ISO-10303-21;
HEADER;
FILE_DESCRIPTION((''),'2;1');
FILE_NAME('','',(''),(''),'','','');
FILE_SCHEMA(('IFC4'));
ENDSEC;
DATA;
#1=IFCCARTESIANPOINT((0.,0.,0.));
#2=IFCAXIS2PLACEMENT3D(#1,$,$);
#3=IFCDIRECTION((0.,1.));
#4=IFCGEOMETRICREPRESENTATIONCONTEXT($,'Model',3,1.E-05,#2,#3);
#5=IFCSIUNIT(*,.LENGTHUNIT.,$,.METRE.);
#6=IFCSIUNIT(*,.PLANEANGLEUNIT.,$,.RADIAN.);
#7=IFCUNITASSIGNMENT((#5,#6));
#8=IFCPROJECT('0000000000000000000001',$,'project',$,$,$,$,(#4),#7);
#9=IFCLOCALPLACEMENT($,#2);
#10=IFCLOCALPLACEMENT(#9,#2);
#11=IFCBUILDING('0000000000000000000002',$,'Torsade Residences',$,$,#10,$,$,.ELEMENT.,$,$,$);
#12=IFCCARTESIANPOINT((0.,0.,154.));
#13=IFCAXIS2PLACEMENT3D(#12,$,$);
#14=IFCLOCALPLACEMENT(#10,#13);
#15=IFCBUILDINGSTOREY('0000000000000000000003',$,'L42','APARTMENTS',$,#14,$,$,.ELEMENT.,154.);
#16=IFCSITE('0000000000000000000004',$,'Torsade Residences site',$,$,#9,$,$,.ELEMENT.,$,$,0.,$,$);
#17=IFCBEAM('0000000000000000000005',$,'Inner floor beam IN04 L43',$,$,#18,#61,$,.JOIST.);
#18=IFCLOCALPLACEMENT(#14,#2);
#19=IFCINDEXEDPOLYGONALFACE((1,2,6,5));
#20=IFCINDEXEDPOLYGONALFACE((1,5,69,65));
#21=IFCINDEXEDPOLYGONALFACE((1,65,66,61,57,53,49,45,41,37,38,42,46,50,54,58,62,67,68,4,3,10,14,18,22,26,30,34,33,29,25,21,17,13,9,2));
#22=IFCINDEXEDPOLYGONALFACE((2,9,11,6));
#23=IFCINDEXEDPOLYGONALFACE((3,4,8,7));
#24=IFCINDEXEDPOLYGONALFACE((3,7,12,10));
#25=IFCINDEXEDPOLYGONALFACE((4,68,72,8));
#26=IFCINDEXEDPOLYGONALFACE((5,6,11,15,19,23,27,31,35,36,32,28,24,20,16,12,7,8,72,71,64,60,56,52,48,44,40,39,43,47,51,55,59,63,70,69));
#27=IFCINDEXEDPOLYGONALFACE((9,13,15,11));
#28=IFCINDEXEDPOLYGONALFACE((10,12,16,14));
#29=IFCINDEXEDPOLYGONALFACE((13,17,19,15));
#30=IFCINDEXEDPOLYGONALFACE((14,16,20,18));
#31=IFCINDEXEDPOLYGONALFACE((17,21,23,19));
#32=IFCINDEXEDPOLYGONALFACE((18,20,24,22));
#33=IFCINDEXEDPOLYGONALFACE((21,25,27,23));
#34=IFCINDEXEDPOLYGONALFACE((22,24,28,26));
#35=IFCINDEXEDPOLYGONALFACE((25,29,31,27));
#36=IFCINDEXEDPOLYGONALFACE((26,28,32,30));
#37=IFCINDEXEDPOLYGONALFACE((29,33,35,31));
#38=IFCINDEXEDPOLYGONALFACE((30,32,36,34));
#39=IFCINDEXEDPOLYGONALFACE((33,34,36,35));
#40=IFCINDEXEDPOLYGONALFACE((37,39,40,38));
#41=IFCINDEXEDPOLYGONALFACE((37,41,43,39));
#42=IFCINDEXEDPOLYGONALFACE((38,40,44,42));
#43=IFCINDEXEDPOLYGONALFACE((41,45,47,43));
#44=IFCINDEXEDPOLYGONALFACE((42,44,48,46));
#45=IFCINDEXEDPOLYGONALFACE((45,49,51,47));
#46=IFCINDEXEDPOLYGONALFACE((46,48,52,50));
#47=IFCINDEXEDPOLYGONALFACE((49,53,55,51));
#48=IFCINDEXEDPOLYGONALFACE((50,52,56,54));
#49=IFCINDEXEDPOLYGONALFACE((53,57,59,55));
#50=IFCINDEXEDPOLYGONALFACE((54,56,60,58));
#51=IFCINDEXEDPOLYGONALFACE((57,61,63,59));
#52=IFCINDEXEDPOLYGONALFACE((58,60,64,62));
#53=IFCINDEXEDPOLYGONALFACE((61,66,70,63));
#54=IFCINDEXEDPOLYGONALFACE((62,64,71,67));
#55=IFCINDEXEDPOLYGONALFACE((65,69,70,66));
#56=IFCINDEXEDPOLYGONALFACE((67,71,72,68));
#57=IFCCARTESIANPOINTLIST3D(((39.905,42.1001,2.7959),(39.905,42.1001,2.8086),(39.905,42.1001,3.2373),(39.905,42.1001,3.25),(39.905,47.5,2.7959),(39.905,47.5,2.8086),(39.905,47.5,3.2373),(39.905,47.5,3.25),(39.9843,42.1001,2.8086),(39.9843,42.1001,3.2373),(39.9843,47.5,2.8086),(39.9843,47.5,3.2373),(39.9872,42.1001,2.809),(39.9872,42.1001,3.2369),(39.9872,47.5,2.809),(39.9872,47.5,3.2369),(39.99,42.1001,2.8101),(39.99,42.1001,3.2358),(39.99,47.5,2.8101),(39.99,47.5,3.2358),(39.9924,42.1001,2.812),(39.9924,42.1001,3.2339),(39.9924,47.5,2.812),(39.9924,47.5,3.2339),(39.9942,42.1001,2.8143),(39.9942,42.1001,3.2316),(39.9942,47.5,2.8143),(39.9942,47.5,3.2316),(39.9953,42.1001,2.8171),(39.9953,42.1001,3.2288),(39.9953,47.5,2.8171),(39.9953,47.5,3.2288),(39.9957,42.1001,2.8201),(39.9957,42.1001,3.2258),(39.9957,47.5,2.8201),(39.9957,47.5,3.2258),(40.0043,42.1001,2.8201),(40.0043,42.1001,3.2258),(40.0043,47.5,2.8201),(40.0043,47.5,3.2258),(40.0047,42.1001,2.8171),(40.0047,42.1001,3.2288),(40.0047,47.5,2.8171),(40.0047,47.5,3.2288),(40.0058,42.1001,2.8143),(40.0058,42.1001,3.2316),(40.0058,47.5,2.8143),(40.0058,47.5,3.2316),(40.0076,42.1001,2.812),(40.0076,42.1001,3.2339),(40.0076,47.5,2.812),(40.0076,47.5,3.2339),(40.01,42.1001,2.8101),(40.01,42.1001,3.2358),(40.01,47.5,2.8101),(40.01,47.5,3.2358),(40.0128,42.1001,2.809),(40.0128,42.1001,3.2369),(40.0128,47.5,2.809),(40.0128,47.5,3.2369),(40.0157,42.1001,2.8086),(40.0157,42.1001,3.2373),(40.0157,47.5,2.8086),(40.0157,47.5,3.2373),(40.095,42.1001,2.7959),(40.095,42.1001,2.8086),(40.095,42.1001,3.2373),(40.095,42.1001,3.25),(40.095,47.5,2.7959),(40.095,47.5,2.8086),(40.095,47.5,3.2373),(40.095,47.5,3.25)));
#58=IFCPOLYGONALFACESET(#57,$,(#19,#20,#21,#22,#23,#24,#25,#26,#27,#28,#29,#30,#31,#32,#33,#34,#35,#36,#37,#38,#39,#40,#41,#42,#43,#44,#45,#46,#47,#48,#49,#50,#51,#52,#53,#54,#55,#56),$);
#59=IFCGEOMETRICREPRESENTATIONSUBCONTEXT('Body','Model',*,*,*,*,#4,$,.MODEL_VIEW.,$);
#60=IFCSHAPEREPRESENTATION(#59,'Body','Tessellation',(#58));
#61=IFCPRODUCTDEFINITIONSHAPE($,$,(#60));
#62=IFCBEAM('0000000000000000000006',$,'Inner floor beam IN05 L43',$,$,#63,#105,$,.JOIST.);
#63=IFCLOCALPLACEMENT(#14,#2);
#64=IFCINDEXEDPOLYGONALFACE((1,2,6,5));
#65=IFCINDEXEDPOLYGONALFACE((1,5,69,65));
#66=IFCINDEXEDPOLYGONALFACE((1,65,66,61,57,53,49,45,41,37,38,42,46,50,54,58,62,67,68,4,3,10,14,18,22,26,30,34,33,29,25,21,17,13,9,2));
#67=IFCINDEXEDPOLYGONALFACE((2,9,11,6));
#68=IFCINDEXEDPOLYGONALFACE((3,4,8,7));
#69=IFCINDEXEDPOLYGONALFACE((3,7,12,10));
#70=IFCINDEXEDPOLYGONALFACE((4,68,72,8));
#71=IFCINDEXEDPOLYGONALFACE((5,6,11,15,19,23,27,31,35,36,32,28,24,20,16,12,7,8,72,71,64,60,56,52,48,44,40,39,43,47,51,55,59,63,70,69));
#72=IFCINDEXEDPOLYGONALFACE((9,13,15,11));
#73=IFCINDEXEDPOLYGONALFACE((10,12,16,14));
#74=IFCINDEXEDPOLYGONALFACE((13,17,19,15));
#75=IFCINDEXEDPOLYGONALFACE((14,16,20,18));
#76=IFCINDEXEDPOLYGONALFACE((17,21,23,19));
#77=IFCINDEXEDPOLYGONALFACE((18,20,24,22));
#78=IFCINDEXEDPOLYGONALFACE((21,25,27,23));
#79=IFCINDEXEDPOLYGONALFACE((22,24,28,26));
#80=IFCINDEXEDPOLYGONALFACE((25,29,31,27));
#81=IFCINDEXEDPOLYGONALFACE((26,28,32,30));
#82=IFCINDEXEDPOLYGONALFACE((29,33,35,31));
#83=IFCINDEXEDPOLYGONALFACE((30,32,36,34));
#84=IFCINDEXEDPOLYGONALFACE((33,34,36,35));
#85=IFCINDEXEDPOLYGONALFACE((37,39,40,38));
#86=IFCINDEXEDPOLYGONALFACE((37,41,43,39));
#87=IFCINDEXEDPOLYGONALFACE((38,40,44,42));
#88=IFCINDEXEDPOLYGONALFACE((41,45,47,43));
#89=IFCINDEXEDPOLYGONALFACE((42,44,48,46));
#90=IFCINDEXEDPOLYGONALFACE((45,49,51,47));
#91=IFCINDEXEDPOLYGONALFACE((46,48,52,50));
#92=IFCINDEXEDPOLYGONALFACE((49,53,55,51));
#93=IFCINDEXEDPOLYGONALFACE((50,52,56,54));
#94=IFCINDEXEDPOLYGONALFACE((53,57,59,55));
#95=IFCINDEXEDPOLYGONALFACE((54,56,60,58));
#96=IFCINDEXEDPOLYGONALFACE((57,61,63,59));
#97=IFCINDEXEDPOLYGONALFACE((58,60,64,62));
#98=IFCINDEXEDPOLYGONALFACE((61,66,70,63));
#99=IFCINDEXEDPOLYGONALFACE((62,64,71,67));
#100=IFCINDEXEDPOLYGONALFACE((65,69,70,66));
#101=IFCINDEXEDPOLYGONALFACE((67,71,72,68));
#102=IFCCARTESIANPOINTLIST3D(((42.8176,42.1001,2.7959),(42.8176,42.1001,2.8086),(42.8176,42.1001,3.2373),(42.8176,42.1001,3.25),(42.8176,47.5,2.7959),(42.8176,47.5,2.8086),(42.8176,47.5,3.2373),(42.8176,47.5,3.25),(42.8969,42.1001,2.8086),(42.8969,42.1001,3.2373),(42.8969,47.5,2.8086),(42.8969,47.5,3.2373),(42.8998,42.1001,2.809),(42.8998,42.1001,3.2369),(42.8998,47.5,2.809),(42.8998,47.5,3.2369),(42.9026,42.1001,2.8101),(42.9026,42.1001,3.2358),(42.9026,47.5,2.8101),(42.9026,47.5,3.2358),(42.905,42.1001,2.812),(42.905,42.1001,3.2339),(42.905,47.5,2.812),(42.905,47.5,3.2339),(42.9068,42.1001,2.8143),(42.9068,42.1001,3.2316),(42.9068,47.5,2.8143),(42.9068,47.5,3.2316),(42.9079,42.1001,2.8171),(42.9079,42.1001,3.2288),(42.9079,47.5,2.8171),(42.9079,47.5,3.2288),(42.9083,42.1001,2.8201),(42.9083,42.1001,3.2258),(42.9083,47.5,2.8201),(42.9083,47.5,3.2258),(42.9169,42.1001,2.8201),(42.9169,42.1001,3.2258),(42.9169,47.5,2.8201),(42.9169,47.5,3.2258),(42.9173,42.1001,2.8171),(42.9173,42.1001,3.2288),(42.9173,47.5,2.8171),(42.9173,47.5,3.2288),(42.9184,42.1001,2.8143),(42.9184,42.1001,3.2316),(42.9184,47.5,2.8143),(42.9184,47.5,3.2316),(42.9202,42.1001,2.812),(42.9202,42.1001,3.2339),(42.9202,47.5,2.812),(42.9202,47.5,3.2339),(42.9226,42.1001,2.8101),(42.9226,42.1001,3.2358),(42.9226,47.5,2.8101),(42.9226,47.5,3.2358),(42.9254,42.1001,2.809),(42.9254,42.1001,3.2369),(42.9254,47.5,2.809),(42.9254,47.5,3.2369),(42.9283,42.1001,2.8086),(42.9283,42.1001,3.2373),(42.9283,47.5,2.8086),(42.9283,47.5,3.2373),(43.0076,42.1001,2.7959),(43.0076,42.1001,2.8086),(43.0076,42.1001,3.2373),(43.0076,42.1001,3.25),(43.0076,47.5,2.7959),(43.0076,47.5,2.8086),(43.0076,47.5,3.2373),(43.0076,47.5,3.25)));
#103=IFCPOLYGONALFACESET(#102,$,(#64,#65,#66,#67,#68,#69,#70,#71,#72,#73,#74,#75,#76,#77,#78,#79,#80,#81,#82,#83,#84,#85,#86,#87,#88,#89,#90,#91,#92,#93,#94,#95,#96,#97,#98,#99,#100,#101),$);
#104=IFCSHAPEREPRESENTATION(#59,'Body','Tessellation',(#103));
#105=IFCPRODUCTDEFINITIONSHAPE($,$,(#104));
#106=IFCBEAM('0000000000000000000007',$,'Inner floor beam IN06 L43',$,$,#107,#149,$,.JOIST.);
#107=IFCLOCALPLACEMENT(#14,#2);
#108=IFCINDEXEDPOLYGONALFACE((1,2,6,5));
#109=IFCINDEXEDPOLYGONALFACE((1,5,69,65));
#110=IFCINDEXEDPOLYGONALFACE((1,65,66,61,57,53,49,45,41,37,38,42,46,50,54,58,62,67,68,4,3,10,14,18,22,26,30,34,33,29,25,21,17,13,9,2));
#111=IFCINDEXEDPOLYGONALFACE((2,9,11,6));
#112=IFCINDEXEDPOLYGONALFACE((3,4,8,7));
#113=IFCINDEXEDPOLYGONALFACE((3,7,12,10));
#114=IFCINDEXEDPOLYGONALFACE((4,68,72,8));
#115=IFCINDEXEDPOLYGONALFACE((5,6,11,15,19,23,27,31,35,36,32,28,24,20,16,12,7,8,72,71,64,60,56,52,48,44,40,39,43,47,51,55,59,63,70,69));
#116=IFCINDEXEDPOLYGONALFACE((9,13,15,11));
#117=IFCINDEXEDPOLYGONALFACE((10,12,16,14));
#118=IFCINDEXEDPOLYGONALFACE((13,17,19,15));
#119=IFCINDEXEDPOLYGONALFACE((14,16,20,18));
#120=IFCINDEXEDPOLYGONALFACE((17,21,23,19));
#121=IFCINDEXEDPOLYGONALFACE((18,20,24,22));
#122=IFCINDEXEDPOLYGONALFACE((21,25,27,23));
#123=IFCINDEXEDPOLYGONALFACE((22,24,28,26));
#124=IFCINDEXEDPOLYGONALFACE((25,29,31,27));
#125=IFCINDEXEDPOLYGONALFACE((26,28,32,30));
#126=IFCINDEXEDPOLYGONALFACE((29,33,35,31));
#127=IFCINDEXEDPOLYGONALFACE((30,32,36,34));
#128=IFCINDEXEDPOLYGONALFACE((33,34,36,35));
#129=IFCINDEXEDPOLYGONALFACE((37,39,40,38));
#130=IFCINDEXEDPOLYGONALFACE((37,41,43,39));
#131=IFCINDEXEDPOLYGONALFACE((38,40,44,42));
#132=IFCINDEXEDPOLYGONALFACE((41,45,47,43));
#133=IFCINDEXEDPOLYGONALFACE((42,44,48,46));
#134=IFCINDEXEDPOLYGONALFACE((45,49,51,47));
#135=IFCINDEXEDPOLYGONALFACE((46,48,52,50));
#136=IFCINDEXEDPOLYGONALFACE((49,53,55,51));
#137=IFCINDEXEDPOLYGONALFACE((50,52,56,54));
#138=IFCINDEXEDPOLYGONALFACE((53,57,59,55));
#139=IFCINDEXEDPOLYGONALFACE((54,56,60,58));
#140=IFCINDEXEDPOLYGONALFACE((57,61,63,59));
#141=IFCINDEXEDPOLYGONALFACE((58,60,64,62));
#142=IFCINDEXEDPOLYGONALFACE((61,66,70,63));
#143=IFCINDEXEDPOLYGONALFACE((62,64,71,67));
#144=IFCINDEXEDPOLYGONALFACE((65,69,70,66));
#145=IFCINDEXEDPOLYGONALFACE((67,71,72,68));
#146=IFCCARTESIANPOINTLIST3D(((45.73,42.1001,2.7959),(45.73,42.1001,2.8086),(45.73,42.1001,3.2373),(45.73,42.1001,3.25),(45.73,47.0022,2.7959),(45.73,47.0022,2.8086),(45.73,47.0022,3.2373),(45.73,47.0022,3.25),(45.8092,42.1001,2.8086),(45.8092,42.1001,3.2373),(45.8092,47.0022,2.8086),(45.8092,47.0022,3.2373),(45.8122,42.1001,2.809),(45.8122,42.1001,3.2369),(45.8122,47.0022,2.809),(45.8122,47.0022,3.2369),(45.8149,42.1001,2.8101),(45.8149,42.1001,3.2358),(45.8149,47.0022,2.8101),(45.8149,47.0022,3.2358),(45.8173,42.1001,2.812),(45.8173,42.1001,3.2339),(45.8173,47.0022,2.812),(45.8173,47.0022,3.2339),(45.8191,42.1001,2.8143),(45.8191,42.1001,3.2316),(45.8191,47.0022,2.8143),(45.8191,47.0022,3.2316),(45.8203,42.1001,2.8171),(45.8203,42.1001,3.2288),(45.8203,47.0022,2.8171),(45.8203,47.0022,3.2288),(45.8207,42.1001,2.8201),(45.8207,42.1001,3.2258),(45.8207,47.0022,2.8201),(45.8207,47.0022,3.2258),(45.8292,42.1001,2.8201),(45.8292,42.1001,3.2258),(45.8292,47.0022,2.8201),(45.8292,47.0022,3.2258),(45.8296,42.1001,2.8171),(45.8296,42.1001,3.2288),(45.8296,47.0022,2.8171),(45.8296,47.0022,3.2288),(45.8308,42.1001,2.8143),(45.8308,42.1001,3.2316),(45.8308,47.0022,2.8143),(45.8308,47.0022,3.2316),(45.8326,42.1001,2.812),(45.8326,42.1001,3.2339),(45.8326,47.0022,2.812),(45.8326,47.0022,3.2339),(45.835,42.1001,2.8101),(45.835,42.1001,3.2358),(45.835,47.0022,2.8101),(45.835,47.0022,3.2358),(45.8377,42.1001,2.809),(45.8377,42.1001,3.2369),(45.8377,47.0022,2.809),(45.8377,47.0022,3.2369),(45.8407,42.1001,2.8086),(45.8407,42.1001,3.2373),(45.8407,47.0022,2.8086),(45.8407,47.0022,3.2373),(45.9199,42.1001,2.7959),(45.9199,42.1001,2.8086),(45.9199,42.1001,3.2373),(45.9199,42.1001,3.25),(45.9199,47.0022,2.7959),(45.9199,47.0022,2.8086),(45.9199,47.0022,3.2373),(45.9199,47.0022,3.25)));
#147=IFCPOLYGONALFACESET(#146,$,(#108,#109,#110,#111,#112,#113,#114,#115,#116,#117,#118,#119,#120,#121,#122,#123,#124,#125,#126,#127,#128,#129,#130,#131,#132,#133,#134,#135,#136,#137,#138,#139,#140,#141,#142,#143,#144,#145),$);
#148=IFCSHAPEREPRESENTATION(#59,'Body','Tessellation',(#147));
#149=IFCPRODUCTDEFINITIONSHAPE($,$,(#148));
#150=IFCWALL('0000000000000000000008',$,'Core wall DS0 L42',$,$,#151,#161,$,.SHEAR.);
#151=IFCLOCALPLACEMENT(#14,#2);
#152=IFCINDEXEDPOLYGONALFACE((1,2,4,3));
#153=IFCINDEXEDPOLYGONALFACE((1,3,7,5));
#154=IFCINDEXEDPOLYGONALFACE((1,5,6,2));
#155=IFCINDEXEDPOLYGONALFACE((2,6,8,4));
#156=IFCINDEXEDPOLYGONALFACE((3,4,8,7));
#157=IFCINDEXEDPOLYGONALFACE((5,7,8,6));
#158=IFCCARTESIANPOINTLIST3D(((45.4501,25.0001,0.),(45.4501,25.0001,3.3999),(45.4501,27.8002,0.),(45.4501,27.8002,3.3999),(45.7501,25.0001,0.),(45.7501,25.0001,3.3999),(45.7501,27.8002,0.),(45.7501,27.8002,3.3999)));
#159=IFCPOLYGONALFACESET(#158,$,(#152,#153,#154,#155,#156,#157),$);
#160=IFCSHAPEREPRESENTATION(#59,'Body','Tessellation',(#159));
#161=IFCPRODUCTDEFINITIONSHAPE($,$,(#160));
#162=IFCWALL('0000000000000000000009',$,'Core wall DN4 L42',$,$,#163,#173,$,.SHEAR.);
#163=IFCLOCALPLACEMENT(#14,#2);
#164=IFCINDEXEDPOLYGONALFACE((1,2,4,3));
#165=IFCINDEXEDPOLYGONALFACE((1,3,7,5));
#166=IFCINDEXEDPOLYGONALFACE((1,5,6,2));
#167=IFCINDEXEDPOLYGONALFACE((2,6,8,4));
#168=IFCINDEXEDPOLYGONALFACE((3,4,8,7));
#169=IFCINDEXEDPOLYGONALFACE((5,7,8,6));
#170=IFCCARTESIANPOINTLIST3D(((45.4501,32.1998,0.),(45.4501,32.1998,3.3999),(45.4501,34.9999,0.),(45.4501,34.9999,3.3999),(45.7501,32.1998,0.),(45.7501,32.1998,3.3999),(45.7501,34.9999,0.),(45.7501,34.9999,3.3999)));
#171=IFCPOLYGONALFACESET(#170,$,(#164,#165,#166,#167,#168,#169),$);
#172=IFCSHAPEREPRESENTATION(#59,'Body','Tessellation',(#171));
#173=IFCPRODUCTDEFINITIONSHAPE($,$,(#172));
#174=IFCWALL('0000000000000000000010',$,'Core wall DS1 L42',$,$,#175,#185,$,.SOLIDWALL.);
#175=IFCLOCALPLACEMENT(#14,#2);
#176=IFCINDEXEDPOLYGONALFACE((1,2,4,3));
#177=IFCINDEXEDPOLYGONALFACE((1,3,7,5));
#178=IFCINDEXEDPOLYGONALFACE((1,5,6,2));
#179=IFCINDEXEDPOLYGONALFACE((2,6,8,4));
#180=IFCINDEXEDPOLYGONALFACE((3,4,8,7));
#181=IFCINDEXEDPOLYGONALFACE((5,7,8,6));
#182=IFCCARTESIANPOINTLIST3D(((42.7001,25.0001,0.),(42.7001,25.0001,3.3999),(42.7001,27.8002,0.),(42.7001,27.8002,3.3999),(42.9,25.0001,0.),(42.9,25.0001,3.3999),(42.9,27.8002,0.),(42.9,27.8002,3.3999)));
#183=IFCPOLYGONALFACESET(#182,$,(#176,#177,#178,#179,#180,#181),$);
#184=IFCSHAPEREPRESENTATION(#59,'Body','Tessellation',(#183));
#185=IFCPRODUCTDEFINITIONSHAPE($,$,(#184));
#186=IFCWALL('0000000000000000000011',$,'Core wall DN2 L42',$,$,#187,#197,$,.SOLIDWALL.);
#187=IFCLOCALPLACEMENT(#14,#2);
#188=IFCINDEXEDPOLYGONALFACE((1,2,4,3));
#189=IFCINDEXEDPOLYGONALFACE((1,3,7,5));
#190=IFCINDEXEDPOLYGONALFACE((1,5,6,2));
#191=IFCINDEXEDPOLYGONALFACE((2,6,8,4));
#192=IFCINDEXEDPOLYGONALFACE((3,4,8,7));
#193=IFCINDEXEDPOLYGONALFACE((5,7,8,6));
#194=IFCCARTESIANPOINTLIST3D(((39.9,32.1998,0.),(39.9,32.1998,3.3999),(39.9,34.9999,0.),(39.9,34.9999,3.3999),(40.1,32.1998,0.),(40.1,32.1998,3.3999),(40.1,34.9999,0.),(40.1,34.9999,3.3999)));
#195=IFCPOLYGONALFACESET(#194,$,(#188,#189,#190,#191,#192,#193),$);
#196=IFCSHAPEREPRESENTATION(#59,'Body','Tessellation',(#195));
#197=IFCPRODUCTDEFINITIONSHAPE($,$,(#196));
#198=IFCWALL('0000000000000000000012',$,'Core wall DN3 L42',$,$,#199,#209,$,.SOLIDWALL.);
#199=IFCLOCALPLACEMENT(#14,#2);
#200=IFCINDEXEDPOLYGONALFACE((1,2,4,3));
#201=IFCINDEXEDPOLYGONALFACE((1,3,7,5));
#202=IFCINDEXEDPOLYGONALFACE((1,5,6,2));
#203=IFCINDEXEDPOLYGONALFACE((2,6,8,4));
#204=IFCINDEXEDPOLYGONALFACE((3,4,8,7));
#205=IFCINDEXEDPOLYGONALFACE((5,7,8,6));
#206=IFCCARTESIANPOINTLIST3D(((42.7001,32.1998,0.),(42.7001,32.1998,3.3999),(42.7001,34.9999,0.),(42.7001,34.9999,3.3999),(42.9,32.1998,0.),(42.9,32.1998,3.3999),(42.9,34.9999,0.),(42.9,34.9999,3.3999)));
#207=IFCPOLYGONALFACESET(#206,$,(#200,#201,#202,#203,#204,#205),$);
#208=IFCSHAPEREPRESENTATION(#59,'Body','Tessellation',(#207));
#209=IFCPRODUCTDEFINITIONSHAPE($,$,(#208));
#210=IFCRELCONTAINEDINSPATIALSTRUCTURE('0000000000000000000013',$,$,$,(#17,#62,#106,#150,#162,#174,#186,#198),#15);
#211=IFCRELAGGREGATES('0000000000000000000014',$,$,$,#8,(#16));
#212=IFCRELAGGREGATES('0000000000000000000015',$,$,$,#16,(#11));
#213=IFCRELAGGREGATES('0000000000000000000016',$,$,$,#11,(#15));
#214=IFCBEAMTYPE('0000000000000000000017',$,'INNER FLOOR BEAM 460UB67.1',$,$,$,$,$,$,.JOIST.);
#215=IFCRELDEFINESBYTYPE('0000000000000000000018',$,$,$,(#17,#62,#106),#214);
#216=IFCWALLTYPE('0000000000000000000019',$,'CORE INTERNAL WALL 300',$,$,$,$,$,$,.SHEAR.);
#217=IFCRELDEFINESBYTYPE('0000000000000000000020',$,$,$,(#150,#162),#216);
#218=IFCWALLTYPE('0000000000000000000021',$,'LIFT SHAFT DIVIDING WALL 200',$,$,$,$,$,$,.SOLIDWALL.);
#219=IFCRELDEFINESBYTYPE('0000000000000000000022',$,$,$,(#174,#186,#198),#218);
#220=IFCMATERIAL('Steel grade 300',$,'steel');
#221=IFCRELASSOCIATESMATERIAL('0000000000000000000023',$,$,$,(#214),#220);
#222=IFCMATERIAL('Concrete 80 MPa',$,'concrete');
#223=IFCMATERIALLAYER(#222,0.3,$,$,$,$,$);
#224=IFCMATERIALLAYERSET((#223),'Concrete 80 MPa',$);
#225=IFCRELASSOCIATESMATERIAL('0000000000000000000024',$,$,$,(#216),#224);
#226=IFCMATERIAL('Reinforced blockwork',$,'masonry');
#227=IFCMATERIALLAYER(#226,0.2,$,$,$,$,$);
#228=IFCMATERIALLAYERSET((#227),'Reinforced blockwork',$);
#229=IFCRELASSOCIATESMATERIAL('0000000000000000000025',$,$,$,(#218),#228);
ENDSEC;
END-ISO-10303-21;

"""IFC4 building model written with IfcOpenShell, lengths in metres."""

from ifc_helpers import new_model, si_unit, direction, frame, frame_2d, origin, origin_2d, place, context, subcontext, project, spatial, rectangle, i_section, extrude, material, layer, layer_set, material_profile, profile_set, type_object, element, save


model = new_model("IFC4")

# Units and contexts
model_context = context("Model", 3, precision=1e-05, world=origin(), true_north=direction((0.0, 1.0)))
body_context = subcontext(model_context, "Body", "Model", "MODEL_VIEW")
ifc_project = project(units=[si_unit("LENGTHUNIT", "METRE"), si_unit("PLANEANGLEUNIT", "RADIAN")], contexts=[model_context])

# Site, building, storey
site_placement = place(None, origin())
site = spatial("IfcSite", under=ifc_project, at=site_placement, Name="Torsade Residences site", CompositionType="ELEMENT", RefElevation=0.0)
building_placement = place(site_placement, origin())
building = spatial("IfcBuilding", under=site, at=building_placement, Name="Torsade Residences", CompositionType="ELEMENT")
storey_placement = place(building_placement, frame((0.0, 0.0, 154.0)))
storey = spatial("IfcBuildingStorey", under=building, at=storey_placement, Name="L42", Description="APARTMENTS", CompositionType="ELEMENT", Elevation=154.0)

# Beams
ifc_material_1 = material(Name="Steel grade 300", Category="steel")
ifc_material_profile = material_profile(ifc_material_1, i_section(OverallWidth=0.1899, OverallDepth=0.4541, WebThickness=0.0085, FlangeThickness=0.0127, FilletRadius=0.0115, at=origin_2d()), Name="460UB67.1")
ifc_profile_set = profile_set([ifc_material_profile], Name="Steel grade 300")
beam_type = type_object("IfcBeamType", Name="INNER FLOOR BEAM 460UB67.1", PredefinedType="JOIST", material=ifc_profile_set)
for number, where, z_axis, x_axis, name in (
    (1, (40.0, 42.1001, 3.0229), (0.0, 1.0, 0.0), (-1.0, 0.0, 0.0), "Inner floor beam IN04 L43"),
    (2, (42.9126, 42.1001, 3.0229), (0.0, 1.0, 0.0), (-1.0, 0.0, 0.0), "Inner floor beam IN05 L43"),
):
    element("IfcBeam", number, at=place(storey_placement, frame(where, z_axis=z_axis, x_axis=x_axis)), inside=storey, type_object=beam_type, Name=name, PredefinedType="JOIST", context=body_context, shape_type="SweptSolid", body=[
        extrude(i_section(OverallWidth=0.1899, OverallDepth=0.4541, WebThickness=0.0085, FlangeThickness=0.0127, FilletRadius=0.0115, at=origin_2d()), origin(), (0.0, 0.0, 1.0), 5.3999),
    ])
beam_placement = place(storey_placement, frame((45.825, 42.1001, 3.0229), z_axis=(0.0, 1.0, 0.0), x_axis=(-1.0, 0.0, 0.0)))
element("IfcBeam", 3, at=beam_placement, inside=storey, type_object=beam_type, Name="Inner floor beam IN06 L43", PredefinedType="JOIST", context=body_context, shape_type="SweptSolid", body=[
    extrude(i_section(OverallWidth=0.1899, OverallDepth=0.4541, WebThickness=0.0085, FlangeThickness=0.0127, FilletRadius=0.0115, at=origin_2d()), origin(), (0.0, 0.0, 1.0), 4.9021),
])

# Walls
ifc_material_2 = material(Name="Concrete 80 MPa", Category="concrete")
ifc_layer_1 = layer(ifc_material_2, 0.3)
ifc_layer_set_1 = layer_set([ifc_layer_1], Name="Concrete 80 MPa")
wall_type_1 = type_object("IfcWallType", Name="CORE INTERNAL WALL 300", PredefinedType="SHEAR", material=ifc_layer_set_1)
for number, where, z_axis, x_axis, name in (
    (4, (45.6001, 27.8, 0.0), (0.0, 0.0, 1.0), (0.0, -1.0, 0.0), "Core wall DS0 L42"),
    (5, (45.6001, 32.2, 0.0), (0.0, 0.0, 1.0), (0.0, 1.0, 0.0), "Core wall DN4 L42"),
):
    element("IfcWall", number, at=place(storey_placement, frame(where, z_axis=z_axis, x_axis=x_axis)), inside=storey, type_object=wall_type_1, Name=name, PredefinedType="SHEAR", context=body_context, shape_type="SweptSolid", body=[
        extrude(rectangle(XDim=2.8, YDim=0.3, at=frame_2d((1.3999, 0.0))), origin(), (0.0, 0.0, 1.0), 3.3999),
    ])
ifc_material_3 = material(Name="Reinforced blockwork", Category="masonry")
ifc_layer_2 = layer(ifc_material_3, 0.2)
ifc_layer_set_2 = layer_set([ifc_layer_2], Name="Reinforced blockwork")
wall_type_2 = type_object("IfcWallType", Name="LIFT SHAFT DIVIDING WALL 200", PredefinedType="SOLIDWALL", material=ifc_layer_set_2)
for number, where, z_axis, x_axis, name in (
    (6, (42.8, 27.8, 0.0), (0.0, 0.0, 1.0), (0.0, -1.0, 0.0), "Core wall DS1 L42"),
    (7, (40.0, 32.2, 0.0), (0.0, 0.0, 1.0), (0.0, 1.0, 0.0), "Core wall DN2 L42"),
    (8, (42.8, 32.2, 0.0), (0.0, 0.0, 1.0), (0.0, 1.0, 0.0), "Core wall DN3 L42"),
):
    element("IfcWall", number, at=place(storey_placement, frame(where, z_axis=z_axis, x_axis=x_axis)), inside=storey, type_object=wall_type_2, Name=name, PredefinedType="SOLIDWALL", context=body_context, shape_type="SweptSolid", body=[
        extrude(rectangle(XDim=2.8, YDim=0.2, at=frame_2d((1.3999, 0.0))), origin(), (0.0, 0.0, 1.0), 3.3999),
    ])

save(model, "model.ifc")
